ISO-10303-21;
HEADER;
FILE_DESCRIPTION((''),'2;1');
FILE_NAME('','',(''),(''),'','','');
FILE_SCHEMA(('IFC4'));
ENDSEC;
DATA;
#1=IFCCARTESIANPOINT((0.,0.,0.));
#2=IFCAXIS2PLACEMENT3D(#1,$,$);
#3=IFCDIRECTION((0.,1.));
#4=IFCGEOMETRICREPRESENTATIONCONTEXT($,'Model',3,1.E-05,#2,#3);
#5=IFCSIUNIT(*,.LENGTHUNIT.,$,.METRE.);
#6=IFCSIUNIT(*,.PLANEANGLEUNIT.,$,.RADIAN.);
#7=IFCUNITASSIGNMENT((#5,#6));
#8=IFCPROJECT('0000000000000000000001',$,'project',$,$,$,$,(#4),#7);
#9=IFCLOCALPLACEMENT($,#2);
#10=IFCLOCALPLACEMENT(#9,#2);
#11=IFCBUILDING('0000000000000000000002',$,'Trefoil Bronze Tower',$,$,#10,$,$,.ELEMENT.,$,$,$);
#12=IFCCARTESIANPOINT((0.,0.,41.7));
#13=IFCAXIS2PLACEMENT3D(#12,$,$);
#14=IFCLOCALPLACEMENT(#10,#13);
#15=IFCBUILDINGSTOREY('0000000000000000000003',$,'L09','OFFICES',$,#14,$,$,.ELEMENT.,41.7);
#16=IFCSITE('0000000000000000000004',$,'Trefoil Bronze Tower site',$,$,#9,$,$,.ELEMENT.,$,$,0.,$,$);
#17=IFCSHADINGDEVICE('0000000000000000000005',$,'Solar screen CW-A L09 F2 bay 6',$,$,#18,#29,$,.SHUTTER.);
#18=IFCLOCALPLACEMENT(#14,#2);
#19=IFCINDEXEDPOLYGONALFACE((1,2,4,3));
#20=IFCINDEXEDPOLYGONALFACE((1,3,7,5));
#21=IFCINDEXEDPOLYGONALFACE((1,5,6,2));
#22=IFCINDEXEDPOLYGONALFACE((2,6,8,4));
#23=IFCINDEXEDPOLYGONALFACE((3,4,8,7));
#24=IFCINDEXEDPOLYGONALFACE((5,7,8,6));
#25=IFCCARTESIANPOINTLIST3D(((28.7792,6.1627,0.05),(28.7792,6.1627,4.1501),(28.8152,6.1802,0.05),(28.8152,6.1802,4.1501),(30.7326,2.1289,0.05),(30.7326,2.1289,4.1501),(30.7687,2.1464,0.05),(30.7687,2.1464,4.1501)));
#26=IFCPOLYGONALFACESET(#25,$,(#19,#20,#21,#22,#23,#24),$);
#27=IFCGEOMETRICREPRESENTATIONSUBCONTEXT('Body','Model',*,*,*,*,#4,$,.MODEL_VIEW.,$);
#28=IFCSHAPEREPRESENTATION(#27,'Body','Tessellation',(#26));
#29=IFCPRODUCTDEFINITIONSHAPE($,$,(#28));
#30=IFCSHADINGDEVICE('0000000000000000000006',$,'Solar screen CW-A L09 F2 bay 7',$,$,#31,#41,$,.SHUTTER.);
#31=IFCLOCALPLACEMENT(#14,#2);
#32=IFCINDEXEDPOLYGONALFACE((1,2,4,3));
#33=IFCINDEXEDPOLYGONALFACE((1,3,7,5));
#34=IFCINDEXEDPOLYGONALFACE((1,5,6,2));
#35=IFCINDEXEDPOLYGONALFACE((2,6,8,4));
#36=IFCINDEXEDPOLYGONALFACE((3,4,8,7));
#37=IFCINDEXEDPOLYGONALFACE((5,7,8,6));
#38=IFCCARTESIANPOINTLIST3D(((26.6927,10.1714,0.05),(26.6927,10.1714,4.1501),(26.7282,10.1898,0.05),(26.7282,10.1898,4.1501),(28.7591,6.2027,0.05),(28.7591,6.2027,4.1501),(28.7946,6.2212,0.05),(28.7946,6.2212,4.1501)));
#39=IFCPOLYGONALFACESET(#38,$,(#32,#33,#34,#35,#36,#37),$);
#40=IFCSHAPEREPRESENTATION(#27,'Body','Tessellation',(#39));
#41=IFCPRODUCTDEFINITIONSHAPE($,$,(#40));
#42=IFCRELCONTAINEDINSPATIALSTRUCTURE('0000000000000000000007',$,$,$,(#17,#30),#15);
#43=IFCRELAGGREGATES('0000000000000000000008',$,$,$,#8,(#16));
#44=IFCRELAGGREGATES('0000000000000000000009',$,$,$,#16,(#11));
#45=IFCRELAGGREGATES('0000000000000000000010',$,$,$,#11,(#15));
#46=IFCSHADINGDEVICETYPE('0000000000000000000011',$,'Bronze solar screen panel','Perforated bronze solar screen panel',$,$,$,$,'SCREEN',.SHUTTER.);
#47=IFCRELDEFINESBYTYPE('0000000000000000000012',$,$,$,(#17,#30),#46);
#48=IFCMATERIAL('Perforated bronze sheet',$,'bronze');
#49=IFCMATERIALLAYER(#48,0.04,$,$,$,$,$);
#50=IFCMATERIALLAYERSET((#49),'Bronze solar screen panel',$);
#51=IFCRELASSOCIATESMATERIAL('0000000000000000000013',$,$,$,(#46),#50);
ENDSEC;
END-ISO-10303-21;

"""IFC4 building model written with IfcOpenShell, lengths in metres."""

from ifc_helpers import new_model, si_unit, direction, frame, origin, origin_2d, place, context, subcontext, project, spatial, rectangle, extrude, material, layer, layer_set, type_object, element, save


model = new_model("IFC4")

# Units and contexts
model_context = context("Model", 3, precision=1e-05, world=origin(), true_north=direction((0.0, 1.0)))
body_context = subcontext(model_context, "Body", "Model", "MODEL_VIEW")
ifc_project = project(units=[si_unit("LENGTHUNIT", "METRE"), si_unit("PLANEANGLEUNIT", "RADIAN")], contexts=[model_context])

# Site, building, storey
site_placement = place(None, origin())
site = spatial("IfcSite", under=ifc_project, at=site_placement, Name="Trefoil Bronze Tower site", CompositionType="ELEMENT", RefElevation=0.0)
building_placement = place(site_placement, origin())
building = spatial("IfcBuilding", under=site, at=building_placement, Name="Trefoil Bronze Tower", CompositionType="ELEMENT")
storey_placement = place(building_placement, frame((0.0, 0.0, 41.7)))
storey = spatial("IfcBuildingStorey", under=building, at=storey_placement, Name="L09", Description="OFFICES", CompositionType="ELEMENT", Elevation=41.7)

# Shading devices
ifc_material_1 = material(Name="Perforated bronze sheet", Category="bronze")
ifc_layer_1 = layer(ifc_material_1, 0.04)
ifc_layer_set_1 = layer_set([ifc_layer_1], Name="Bronze solar screen panel")
shading_device_type = type_object("IfcShadingDeviceType", Name="Bronze solar screen panel", Description="Perforated bronze solar screen panel", ElementType="SCREEN", PredefinedType="SHUTTER", material=ifc_layer_set_1)
shading_device_1_placement = place(storey_placement, frame((29.7739, 4.1545, 0.05), z_axis=(0.0, 0.0, 1.0), x_axis=(-0.435855, 0.900017, 0.0)))
element("IfcShadingDevice", 1, at=shading_device_1_placement, inside=storey, type_object=shading_device_type, Name="Solar screen CW-A L09 F2 bay 6", PredefinedType="SHUTTER", context=body_context, shape_type="SweptSolid", body=[
    extrude(rectangle(XDim=4.4819, YDim=0.04, at=origin_2d()), origin(), (0.0, 0.0, 1.0), 4.1001),
])
shading_device_2_placement = place(storey_placement, frame((27.7437, 8.1963, 0.05), z_axis=(0.0, 0.0, 1.0), x_axis=(-0.46183, 0.886969, 0.0)))
element("IfcShadingDevice", 2, at=shading_device_2_placement, inside=storey, type_object=shading_device_type, Name="Solar screen CW-A L09 F2 bay 7", PredefinedType="SHUTTER", context=body_context, shape_type="SweptSolid", body=[
    extrude(rectangle(XDim=4.4744, YDim=0.04, at=origin_2d()), origin(), (0.0, 0.0, 1.0), 4.1001),
])

save(model, "model.ifc")
